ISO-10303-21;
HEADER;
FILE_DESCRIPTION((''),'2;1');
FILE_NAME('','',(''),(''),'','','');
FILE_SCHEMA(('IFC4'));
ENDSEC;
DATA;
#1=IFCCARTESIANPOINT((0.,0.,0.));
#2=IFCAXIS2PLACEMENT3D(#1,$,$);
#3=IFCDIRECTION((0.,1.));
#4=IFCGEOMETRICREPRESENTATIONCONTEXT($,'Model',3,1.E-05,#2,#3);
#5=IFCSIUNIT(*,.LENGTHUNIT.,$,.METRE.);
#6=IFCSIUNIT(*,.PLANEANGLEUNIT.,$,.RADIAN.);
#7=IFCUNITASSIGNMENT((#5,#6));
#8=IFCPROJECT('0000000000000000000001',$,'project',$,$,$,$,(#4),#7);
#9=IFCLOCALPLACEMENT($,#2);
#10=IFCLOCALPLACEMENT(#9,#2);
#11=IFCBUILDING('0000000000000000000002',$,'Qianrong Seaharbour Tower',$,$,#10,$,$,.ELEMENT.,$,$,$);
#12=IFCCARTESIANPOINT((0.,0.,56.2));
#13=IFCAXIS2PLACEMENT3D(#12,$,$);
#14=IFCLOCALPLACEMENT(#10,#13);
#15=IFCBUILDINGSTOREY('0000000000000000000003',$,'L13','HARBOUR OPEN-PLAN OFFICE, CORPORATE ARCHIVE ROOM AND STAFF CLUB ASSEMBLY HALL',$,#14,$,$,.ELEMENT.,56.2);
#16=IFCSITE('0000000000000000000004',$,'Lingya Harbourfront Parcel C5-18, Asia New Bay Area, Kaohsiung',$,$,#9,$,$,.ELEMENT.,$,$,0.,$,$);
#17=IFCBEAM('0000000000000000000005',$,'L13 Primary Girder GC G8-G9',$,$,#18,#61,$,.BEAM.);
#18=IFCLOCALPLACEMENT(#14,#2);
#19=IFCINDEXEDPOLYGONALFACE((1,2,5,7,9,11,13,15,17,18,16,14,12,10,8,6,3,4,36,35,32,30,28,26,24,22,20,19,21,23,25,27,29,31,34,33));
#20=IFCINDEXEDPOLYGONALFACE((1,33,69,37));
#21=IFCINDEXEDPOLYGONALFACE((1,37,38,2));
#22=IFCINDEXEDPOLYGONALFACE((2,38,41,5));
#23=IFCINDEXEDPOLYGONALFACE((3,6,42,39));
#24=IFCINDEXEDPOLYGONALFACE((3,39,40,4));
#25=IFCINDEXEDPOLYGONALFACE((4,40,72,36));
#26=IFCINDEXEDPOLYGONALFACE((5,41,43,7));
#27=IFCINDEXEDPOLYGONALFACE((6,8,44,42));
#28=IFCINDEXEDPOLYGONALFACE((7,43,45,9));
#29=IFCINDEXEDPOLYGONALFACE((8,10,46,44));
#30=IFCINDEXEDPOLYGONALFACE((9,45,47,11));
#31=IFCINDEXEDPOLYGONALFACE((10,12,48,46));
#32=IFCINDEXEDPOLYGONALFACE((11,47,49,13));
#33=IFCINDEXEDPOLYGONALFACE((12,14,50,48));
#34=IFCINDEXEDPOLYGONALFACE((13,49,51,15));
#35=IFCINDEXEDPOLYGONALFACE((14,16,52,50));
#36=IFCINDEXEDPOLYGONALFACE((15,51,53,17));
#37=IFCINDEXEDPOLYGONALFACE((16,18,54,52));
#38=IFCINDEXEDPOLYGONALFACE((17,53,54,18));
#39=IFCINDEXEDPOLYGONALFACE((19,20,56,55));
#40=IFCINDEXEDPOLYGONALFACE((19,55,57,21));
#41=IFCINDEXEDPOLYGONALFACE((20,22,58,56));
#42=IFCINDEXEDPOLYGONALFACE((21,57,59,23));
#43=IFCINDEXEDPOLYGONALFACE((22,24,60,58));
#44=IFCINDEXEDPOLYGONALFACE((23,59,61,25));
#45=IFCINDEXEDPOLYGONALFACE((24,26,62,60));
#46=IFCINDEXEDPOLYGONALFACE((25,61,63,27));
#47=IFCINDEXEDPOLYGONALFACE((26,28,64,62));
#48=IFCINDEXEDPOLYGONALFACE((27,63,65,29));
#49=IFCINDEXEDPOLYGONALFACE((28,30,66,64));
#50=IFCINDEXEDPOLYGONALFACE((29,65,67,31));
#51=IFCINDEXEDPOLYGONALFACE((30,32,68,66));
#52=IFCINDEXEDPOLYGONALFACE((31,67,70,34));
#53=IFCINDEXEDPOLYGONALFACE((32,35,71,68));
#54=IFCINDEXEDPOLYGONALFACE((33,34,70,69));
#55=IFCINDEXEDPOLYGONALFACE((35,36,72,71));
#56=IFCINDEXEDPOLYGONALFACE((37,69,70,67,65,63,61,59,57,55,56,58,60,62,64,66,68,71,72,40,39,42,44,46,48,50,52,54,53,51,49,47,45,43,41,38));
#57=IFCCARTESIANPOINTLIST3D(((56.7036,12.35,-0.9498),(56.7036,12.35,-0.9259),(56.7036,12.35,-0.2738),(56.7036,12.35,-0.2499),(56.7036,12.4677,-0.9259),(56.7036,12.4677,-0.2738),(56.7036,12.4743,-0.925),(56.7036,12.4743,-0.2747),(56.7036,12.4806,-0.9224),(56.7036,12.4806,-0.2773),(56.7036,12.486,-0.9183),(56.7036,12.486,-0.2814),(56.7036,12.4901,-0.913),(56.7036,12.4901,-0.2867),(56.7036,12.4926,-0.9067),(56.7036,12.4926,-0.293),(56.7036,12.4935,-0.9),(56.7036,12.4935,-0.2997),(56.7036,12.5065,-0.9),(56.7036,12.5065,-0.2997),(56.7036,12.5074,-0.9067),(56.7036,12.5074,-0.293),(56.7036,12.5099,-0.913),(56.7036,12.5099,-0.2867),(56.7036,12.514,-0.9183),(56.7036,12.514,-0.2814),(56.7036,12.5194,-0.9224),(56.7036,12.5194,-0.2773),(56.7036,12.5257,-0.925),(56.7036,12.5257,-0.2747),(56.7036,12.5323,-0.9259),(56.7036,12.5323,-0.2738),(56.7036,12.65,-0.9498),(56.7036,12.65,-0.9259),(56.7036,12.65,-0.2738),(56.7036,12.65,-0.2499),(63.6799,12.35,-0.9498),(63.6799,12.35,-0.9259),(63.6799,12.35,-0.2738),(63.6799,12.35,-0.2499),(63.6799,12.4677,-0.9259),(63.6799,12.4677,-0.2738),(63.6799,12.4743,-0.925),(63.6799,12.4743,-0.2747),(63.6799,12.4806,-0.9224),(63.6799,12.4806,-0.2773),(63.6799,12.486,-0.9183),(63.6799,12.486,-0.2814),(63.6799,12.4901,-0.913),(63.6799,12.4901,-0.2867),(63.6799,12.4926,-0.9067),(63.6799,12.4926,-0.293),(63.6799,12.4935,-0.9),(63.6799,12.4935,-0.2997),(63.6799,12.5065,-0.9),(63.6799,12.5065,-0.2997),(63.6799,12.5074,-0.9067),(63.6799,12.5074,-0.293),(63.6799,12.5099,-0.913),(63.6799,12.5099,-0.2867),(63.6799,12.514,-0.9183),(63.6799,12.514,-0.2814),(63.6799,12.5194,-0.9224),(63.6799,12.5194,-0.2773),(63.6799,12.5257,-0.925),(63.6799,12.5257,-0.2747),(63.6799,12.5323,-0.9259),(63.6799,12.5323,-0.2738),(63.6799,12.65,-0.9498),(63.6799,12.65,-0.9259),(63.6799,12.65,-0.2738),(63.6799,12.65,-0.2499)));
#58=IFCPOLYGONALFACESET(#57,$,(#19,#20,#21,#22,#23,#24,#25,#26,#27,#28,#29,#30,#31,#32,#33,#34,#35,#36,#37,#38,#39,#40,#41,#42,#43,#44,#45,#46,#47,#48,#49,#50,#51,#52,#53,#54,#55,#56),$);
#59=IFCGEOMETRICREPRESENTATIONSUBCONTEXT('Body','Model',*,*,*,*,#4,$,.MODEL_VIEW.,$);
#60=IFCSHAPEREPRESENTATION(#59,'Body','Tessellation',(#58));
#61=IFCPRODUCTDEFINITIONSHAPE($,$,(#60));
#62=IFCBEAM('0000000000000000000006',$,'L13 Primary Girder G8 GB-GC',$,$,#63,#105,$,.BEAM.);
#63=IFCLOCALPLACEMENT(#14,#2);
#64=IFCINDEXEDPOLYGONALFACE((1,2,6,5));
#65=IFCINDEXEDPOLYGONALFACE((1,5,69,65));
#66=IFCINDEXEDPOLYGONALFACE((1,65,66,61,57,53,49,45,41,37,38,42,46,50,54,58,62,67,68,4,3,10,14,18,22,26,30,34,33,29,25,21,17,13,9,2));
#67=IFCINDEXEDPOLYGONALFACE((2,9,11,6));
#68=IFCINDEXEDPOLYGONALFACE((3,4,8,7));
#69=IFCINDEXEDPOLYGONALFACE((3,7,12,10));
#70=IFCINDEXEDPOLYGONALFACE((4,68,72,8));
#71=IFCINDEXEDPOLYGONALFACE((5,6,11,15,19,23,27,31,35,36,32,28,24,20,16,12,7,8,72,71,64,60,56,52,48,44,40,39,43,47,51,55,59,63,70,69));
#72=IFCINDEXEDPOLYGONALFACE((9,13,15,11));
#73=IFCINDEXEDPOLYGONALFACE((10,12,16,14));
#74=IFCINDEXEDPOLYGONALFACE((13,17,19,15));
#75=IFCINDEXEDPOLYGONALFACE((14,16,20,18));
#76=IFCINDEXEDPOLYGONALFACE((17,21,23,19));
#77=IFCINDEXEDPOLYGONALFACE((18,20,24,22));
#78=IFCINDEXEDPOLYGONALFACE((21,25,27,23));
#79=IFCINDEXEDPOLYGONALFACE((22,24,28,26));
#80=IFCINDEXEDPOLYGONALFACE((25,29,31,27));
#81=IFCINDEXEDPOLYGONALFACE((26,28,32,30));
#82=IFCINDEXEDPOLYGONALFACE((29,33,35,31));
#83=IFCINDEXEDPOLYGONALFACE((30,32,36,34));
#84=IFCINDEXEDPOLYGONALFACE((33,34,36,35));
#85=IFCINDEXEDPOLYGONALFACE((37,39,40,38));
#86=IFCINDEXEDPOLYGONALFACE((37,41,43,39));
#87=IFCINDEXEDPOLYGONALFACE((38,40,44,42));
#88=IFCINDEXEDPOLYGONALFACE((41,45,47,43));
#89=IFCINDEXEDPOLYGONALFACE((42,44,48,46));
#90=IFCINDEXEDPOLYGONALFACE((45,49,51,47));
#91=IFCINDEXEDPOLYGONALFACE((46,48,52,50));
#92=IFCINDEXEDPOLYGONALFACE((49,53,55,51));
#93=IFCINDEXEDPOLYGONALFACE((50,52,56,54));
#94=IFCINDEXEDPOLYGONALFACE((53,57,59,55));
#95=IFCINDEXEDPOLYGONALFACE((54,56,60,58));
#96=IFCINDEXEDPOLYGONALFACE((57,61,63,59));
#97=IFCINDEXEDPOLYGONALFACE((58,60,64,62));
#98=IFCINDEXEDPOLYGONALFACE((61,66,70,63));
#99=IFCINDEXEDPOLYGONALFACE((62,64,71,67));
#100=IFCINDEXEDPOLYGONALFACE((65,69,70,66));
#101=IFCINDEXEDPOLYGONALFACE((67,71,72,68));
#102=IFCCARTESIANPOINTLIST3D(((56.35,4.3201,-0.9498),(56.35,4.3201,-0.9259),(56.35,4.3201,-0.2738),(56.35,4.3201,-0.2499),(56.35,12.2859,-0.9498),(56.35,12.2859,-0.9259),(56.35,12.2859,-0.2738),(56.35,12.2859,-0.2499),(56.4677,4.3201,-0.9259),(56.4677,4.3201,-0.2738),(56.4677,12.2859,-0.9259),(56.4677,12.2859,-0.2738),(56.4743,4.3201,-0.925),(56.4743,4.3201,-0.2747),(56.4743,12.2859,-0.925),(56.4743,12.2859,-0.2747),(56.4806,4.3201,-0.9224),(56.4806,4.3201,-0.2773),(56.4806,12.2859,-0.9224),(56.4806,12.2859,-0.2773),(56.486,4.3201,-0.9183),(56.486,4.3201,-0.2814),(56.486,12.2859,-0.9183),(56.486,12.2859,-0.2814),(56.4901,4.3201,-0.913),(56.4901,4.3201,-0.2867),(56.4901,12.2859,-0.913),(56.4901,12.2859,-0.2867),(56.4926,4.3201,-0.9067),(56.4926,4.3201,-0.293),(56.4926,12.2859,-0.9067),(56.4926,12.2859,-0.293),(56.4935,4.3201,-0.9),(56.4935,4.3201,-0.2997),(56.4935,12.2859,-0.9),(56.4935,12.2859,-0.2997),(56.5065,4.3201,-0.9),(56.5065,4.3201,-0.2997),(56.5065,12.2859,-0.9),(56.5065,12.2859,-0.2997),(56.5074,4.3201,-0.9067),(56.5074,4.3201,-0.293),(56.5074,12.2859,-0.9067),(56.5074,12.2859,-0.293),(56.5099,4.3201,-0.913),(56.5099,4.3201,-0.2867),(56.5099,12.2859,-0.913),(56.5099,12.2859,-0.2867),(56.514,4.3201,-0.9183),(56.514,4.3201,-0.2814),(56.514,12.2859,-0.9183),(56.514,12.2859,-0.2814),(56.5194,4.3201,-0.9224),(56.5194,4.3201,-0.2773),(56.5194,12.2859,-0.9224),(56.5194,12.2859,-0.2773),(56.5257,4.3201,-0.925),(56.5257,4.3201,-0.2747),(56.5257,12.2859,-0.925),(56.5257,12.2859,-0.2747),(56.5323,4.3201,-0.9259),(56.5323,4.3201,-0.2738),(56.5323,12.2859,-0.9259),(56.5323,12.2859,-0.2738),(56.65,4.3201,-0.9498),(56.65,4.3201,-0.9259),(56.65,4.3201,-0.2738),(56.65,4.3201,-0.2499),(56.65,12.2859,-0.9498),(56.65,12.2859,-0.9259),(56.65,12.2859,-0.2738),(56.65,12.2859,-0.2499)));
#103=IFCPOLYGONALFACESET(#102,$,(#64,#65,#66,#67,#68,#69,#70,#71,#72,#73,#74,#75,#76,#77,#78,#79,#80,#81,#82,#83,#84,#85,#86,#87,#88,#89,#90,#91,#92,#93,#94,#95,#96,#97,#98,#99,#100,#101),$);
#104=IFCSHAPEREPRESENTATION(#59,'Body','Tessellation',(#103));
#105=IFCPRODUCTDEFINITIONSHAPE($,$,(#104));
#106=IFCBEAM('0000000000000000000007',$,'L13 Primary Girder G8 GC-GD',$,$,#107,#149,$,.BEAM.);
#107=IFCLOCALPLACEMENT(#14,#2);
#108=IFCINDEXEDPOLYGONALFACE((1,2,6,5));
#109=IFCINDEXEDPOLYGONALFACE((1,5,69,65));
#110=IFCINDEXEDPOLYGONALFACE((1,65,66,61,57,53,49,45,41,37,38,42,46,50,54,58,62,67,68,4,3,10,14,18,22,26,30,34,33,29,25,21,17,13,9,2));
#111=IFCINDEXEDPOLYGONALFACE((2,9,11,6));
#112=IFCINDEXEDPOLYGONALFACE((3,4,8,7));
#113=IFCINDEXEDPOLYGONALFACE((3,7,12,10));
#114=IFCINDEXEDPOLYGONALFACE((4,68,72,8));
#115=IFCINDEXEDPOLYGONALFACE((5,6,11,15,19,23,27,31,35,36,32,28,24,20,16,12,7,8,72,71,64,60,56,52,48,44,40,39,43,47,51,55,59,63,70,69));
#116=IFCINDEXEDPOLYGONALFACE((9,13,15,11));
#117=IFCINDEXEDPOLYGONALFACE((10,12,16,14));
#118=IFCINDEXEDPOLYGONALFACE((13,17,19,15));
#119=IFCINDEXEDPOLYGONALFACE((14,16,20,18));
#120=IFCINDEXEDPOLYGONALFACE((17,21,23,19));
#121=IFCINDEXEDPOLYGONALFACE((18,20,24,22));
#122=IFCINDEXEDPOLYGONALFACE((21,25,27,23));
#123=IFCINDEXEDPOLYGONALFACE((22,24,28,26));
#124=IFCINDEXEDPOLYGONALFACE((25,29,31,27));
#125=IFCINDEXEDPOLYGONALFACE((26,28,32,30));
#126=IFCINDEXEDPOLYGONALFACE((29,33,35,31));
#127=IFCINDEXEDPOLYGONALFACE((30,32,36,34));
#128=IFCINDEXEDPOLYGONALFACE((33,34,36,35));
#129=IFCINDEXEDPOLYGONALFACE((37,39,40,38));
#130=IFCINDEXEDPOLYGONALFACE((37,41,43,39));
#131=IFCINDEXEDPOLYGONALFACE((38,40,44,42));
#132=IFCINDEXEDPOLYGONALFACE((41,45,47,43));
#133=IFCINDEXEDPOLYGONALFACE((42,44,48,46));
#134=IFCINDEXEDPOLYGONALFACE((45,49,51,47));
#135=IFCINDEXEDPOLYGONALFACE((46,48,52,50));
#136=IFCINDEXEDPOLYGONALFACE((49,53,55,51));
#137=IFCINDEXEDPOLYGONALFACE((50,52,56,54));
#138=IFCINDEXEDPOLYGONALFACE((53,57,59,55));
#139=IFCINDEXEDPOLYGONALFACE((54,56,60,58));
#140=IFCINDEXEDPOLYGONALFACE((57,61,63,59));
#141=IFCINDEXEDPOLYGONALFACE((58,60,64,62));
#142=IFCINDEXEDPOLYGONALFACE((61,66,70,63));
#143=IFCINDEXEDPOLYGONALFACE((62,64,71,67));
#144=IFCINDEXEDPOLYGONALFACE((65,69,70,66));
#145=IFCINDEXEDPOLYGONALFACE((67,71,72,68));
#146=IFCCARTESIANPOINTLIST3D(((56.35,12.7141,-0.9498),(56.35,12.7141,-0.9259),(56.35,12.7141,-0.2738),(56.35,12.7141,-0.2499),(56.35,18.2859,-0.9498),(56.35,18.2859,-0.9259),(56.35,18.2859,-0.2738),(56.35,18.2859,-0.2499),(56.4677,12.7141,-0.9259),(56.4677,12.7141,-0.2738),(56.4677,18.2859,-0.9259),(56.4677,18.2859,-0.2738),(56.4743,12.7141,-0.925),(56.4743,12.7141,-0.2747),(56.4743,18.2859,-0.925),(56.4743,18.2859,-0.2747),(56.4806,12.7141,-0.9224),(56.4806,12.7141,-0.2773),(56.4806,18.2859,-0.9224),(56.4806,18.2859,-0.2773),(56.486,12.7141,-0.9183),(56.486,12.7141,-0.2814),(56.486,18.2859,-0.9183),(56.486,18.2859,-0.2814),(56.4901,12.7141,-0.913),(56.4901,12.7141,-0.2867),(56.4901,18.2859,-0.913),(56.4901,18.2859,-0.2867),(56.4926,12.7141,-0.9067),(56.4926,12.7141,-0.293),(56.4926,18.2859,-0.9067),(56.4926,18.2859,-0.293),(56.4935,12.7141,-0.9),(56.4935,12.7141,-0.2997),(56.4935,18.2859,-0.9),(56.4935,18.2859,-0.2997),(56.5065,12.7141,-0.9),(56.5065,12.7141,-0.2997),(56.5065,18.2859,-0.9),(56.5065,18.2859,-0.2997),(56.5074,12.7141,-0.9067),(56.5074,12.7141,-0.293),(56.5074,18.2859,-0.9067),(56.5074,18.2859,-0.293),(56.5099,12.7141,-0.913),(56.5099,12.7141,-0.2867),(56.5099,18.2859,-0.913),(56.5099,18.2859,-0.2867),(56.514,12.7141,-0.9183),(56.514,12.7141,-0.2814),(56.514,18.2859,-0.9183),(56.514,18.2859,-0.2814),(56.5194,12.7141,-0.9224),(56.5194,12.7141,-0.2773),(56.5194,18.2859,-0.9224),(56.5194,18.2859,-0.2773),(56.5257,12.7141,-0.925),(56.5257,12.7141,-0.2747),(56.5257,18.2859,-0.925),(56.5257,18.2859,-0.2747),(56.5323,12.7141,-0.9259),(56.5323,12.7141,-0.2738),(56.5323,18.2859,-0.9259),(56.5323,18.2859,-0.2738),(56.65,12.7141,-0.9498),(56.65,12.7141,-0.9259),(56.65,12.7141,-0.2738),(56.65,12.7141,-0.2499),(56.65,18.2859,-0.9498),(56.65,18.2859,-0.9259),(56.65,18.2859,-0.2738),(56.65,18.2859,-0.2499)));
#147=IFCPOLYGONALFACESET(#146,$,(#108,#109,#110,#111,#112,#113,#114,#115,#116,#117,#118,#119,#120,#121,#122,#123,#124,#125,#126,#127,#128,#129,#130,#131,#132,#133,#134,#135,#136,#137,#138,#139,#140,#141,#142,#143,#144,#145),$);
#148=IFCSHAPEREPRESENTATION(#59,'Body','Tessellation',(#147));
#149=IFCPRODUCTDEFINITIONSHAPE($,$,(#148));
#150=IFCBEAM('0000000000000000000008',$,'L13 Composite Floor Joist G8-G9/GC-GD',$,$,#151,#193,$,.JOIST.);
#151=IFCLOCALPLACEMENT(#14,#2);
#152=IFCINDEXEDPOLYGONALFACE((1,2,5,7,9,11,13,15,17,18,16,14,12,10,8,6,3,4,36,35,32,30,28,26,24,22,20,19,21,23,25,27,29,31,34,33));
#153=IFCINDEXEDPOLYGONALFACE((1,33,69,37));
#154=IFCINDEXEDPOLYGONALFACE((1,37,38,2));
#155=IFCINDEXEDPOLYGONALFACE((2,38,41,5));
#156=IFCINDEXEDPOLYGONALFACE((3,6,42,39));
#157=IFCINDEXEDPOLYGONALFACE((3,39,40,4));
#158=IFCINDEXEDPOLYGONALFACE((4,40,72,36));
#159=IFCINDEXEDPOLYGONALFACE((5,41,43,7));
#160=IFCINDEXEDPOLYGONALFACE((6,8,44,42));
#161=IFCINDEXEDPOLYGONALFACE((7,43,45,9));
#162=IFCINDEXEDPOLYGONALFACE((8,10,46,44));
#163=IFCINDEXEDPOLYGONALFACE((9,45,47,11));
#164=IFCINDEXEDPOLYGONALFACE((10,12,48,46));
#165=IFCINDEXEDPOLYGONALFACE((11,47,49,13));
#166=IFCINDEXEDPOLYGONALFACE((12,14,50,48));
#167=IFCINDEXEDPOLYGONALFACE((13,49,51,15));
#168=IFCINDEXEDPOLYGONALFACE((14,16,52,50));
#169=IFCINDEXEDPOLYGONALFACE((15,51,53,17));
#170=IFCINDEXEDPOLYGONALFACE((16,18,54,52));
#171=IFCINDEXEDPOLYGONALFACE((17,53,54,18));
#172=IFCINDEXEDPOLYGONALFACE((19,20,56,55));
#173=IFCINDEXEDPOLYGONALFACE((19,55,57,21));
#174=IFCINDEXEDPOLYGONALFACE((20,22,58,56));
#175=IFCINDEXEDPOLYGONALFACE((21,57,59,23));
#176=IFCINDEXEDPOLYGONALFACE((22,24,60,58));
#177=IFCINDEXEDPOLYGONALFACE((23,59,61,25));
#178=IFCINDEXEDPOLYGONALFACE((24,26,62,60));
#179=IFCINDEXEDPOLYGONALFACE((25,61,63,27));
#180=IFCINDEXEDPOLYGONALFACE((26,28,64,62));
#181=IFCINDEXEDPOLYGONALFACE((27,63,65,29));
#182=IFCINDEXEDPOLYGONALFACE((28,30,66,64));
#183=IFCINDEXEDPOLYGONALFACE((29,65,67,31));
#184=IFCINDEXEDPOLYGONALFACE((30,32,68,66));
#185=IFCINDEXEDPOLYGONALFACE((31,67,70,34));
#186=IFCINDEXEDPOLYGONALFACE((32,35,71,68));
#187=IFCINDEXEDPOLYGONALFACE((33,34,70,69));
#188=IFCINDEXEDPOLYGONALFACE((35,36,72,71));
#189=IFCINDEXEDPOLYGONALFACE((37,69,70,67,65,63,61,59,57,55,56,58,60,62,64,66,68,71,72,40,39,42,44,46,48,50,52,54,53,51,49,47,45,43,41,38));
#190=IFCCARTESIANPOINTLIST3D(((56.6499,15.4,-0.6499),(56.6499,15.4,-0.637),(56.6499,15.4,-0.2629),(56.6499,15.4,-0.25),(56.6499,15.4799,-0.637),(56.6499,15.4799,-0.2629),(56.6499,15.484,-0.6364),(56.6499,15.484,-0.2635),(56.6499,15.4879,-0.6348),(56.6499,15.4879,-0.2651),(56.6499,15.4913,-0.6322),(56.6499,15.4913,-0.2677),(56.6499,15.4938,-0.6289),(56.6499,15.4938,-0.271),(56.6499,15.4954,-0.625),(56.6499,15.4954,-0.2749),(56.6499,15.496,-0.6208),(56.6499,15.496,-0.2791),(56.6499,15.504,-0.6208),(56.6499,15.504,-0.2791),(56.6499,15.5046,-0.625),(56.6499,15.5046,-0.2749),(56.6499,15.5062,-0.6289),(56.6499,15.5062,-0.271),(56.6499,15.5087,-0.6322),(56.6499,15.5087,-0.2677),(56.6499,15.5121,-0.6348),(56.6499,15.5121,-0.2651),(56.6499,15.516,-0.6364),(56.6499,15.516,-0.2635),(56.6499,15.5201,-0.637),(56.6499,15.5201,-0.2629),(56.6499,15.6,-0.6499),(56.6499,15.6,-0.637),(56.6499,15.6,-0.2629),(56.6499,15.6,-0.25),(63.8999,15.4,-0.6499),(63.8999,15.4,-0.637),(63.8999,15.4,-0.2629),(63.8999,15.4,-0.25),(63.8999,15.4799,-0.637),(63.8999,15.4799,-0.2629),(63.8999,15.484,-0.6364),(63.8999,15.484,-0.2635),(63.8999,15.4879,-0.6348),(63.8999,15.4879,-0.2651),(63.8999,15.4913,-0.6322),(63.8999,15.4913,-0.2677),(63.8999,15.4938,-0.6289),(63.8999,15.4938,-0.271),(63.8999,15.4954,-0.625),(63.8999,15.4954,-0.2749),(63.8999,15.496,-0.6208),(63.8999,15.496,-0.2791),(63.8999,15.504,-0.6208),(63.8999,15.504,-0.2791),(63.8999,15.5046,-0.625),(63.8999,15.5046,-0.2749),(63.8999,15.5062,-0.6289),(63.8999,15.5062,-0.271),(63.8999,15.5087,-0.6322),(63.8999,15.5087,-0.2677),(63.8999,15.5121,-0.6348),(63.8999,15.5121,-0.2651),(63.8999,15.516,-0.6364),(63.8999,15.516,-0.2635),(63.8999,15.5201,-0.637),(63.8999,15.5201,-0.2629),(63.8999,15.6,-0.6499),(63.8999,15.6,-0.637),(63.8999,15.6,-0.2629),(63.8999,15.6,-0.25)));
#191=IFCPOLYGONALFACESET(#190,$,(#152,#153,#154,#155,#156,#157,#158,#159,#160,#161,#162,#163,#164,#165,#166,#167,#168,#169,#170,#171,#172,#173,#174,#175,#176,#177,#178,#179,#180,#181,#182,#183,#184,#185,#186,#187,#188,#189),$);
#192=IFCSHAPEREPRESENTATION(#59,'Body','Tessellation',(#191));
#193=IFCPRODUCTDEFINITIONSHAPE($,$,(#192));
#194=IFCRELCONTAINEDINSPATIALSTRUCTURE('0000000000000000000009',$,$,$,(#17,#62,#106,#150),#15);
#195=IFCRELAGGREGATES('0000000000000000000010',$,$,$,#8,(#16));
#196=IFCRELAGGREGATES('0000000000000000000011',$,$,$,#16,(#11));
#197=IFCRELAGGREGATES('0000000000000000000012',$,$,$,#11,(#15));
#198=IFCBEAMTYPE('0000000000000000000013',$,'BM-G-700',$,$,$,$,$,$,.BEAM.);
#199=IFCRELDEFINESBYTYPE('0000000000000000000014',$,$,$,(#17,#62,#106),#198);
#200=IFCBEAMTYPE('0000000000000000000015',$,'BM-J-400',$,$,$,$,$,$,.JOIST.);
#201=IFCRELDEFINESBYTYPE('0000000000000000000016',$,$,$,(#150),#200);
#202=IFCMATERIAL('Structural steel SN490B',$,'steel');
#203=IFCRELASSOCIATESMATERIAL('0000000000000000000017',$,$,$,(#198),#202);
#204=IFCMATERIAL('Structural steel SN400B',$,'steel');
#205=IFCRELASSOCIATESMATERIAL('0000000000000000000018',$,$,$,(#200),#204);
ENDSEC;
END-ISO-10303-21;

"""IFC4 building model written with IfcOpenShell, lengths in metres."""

from ifc_helpers import new_model, si_unit, direction, frame, origin, origin_2d, place, context, subcontext, project, spatial, i_section, extrude, material, material_profile, profile_set, type_object, element, save


model = new_model("IFC4")

# Units and contexts
model_context = context("Model", 3, precision=1e-05, world=origin(), true_north=direction((0.0, 1.0)))
body_context = subcontext(model_context, "Body", "Model", "MODEL_VIEW")
ifc_project = project(units=[si_unit("LENGTHUNIT", "METRE"), si_unit("PLANEANGLEUNIT", "RADIAN")], contexts=[model_context])

# Site, building, storey
site_placement = place(None, origin())
site = spatial("IfcSite", under=ifc_project, at=site_placement, Name="Lingya Harbourfront Parcel C5-18, Asia New Bay Area, Kaohsiung", CompositionType="ELEMENT", RefElevation=0.0)
building_placement = place(site_placement, origin())
building = spatial("IfcBuilding", under=site, at=building_placement, Name="Qianrong Seaharbour Tower", CompositionType="ELEMENT")
storey_placement = place(building_placement, frame((0.0, 0.0, 56.2)))
storey = spatial("IfcBuildingStorey", under=building, at=storey_placement, Name="L13", Description="HARBOUR OPEN-PLAN OFFICE, CORPORATE ARCHIVE ROOM AND STAFF CLUB ASSEMBLY HALL", CompositionType="ELEMENT", Elevation=56.2)

# Shared definitions
ifc_material_1 = material(Name="Structural steel SN490B", Category="steel")

# Beams
ifc_material_profile_1 = material_profile(ifc_material_1, i_section(OverallWidth=0.3, OverallDepth=0.7, WebThickness=0.0129, FlangeThickness=0.0239, FilletRadius=0.0259, at=origin_2d()), Name="H700x300x13x24")
ifc_profile_set_1 = profile_set([ifc_material_profile_1], Name="Structural steel SN490B")
beam_type_1 = type_object("IfcBeamType", Name="BM-G-700", PredefinedType="BEAM", material=ifc_profile_set_1)
beam_1_placement = place(storey_placement, frame((56.7036, 12.5, -0.5999), z_axis=(1.0, 0.0, 0.0), x_axis=(0.0, 1.0, 0.0)))
element("IfcBeam", 1, at=beam_1_placement, inside=storey, type_object=beam_type_1, Name="L13 Primary Girder GC G8-G9", PredefinedType="BEAM", context=body_context, shape_type="SweptSolid", body=[
    extrude(i_section(OverallWidth=0.3, OverallDepth=0.7, WebThickness=0.0129, FlangeThickness=0.0239, FilletRadius=0.0259, at=origin_2d()), origin(), (0.0, 0.0, 1.0), 6.9763),
])
beam_2_placement = place(storey_placement, frame((56.5, 4.3201, -0.5999), z_axis=(0.0, 1.0, 0.0), x_axis=(-1.0, 0.0, 0.0)))
element("IfcBeam", 2, at=beam_2_placement, inside=storey, type_object=beam_type_1, Name="L13 Primary Girder G8 GB-GC", PredefinedType="BEAM", context=body_context, shape_type="SweptSolid", body=[
    extrude(i_section(OverallWidth=0.3, OverallDepth=0.7, WebThickness=0.0129, FlangeThickness=0.0239, FilletRadius=0.0259, at=origin_2d()), origin(), (0.0, 0.0, 1.0), 7.9658),
])
beam_3_placement = place(storey_placement, frame((56.5, 12.7141, -0.5999), z_axis=(0.0, 1.0, 0.0), x_axis=(-1.0, 0.0, 0.0)))
element("IfcBeam", 3, at=beam_3_placement, inside=storey, type_object=beam_type_1, Name="L13 Primary Girder G8 GC-GD", PredefinedType="BEAM", context=body_context, shape_type="SweptSolid", body=[
    extrude(i_section(OverallWidth=0.3, OverallDepth=0.7, WebThickness=0.0129, FlangeThickness=0.0239, FilletRadius=0.0259, at=origin_2d()), origin(), (0.0, 0.0, 1.0), 5.5718),
])
ifc_material_2 = material(Name="Structural steel SN400B", Category="steel")
ifc_material_profile_2 = material_profile(ifc_material_2, i_section(OverallWidth=0.2, OverallDepth=0.3999, WebThickness=0.0081, FlangeThickness=0.0129, FilletRadius=0.0161, at=origin_2d()), Name="H400x200x8x13")
ifc_profile_set_2 = profile_set([ifc_material_profile_2], Name="Structural steel SN400B")
beam_type_2 = type_object("IfcBeamType", Name="BM-J-400", PredefinedType="JOIST", material=ifc_profile_set_2)
beam_4_placement = place(storey_placement, frame((56.6499, 15.5, -0.45), z_axis=(1.0, 0.0, 0.0), x_axis=(0.0, 1.0, 0.0)))
element("IfcBeam", 4, at=beam_4_placement, inside=storey, type_object=beam_type_2, Name="L13 Composite Floor Joist G8-G9/GC-GD", PredefinedType="JOIST", context=body_context, shape_type="SweptSolid", body=[
    extrude(i_section(OverallWidth=0.2, OverallDepth=0.3999, WebThickness=0.0081, FlangeThickness=0.0129, FilletRadius=0.0161, at=origin_2d()), origin(), (0.0, 0.0, 1.0), 7.25),
])

save(model, "model.ifc")
